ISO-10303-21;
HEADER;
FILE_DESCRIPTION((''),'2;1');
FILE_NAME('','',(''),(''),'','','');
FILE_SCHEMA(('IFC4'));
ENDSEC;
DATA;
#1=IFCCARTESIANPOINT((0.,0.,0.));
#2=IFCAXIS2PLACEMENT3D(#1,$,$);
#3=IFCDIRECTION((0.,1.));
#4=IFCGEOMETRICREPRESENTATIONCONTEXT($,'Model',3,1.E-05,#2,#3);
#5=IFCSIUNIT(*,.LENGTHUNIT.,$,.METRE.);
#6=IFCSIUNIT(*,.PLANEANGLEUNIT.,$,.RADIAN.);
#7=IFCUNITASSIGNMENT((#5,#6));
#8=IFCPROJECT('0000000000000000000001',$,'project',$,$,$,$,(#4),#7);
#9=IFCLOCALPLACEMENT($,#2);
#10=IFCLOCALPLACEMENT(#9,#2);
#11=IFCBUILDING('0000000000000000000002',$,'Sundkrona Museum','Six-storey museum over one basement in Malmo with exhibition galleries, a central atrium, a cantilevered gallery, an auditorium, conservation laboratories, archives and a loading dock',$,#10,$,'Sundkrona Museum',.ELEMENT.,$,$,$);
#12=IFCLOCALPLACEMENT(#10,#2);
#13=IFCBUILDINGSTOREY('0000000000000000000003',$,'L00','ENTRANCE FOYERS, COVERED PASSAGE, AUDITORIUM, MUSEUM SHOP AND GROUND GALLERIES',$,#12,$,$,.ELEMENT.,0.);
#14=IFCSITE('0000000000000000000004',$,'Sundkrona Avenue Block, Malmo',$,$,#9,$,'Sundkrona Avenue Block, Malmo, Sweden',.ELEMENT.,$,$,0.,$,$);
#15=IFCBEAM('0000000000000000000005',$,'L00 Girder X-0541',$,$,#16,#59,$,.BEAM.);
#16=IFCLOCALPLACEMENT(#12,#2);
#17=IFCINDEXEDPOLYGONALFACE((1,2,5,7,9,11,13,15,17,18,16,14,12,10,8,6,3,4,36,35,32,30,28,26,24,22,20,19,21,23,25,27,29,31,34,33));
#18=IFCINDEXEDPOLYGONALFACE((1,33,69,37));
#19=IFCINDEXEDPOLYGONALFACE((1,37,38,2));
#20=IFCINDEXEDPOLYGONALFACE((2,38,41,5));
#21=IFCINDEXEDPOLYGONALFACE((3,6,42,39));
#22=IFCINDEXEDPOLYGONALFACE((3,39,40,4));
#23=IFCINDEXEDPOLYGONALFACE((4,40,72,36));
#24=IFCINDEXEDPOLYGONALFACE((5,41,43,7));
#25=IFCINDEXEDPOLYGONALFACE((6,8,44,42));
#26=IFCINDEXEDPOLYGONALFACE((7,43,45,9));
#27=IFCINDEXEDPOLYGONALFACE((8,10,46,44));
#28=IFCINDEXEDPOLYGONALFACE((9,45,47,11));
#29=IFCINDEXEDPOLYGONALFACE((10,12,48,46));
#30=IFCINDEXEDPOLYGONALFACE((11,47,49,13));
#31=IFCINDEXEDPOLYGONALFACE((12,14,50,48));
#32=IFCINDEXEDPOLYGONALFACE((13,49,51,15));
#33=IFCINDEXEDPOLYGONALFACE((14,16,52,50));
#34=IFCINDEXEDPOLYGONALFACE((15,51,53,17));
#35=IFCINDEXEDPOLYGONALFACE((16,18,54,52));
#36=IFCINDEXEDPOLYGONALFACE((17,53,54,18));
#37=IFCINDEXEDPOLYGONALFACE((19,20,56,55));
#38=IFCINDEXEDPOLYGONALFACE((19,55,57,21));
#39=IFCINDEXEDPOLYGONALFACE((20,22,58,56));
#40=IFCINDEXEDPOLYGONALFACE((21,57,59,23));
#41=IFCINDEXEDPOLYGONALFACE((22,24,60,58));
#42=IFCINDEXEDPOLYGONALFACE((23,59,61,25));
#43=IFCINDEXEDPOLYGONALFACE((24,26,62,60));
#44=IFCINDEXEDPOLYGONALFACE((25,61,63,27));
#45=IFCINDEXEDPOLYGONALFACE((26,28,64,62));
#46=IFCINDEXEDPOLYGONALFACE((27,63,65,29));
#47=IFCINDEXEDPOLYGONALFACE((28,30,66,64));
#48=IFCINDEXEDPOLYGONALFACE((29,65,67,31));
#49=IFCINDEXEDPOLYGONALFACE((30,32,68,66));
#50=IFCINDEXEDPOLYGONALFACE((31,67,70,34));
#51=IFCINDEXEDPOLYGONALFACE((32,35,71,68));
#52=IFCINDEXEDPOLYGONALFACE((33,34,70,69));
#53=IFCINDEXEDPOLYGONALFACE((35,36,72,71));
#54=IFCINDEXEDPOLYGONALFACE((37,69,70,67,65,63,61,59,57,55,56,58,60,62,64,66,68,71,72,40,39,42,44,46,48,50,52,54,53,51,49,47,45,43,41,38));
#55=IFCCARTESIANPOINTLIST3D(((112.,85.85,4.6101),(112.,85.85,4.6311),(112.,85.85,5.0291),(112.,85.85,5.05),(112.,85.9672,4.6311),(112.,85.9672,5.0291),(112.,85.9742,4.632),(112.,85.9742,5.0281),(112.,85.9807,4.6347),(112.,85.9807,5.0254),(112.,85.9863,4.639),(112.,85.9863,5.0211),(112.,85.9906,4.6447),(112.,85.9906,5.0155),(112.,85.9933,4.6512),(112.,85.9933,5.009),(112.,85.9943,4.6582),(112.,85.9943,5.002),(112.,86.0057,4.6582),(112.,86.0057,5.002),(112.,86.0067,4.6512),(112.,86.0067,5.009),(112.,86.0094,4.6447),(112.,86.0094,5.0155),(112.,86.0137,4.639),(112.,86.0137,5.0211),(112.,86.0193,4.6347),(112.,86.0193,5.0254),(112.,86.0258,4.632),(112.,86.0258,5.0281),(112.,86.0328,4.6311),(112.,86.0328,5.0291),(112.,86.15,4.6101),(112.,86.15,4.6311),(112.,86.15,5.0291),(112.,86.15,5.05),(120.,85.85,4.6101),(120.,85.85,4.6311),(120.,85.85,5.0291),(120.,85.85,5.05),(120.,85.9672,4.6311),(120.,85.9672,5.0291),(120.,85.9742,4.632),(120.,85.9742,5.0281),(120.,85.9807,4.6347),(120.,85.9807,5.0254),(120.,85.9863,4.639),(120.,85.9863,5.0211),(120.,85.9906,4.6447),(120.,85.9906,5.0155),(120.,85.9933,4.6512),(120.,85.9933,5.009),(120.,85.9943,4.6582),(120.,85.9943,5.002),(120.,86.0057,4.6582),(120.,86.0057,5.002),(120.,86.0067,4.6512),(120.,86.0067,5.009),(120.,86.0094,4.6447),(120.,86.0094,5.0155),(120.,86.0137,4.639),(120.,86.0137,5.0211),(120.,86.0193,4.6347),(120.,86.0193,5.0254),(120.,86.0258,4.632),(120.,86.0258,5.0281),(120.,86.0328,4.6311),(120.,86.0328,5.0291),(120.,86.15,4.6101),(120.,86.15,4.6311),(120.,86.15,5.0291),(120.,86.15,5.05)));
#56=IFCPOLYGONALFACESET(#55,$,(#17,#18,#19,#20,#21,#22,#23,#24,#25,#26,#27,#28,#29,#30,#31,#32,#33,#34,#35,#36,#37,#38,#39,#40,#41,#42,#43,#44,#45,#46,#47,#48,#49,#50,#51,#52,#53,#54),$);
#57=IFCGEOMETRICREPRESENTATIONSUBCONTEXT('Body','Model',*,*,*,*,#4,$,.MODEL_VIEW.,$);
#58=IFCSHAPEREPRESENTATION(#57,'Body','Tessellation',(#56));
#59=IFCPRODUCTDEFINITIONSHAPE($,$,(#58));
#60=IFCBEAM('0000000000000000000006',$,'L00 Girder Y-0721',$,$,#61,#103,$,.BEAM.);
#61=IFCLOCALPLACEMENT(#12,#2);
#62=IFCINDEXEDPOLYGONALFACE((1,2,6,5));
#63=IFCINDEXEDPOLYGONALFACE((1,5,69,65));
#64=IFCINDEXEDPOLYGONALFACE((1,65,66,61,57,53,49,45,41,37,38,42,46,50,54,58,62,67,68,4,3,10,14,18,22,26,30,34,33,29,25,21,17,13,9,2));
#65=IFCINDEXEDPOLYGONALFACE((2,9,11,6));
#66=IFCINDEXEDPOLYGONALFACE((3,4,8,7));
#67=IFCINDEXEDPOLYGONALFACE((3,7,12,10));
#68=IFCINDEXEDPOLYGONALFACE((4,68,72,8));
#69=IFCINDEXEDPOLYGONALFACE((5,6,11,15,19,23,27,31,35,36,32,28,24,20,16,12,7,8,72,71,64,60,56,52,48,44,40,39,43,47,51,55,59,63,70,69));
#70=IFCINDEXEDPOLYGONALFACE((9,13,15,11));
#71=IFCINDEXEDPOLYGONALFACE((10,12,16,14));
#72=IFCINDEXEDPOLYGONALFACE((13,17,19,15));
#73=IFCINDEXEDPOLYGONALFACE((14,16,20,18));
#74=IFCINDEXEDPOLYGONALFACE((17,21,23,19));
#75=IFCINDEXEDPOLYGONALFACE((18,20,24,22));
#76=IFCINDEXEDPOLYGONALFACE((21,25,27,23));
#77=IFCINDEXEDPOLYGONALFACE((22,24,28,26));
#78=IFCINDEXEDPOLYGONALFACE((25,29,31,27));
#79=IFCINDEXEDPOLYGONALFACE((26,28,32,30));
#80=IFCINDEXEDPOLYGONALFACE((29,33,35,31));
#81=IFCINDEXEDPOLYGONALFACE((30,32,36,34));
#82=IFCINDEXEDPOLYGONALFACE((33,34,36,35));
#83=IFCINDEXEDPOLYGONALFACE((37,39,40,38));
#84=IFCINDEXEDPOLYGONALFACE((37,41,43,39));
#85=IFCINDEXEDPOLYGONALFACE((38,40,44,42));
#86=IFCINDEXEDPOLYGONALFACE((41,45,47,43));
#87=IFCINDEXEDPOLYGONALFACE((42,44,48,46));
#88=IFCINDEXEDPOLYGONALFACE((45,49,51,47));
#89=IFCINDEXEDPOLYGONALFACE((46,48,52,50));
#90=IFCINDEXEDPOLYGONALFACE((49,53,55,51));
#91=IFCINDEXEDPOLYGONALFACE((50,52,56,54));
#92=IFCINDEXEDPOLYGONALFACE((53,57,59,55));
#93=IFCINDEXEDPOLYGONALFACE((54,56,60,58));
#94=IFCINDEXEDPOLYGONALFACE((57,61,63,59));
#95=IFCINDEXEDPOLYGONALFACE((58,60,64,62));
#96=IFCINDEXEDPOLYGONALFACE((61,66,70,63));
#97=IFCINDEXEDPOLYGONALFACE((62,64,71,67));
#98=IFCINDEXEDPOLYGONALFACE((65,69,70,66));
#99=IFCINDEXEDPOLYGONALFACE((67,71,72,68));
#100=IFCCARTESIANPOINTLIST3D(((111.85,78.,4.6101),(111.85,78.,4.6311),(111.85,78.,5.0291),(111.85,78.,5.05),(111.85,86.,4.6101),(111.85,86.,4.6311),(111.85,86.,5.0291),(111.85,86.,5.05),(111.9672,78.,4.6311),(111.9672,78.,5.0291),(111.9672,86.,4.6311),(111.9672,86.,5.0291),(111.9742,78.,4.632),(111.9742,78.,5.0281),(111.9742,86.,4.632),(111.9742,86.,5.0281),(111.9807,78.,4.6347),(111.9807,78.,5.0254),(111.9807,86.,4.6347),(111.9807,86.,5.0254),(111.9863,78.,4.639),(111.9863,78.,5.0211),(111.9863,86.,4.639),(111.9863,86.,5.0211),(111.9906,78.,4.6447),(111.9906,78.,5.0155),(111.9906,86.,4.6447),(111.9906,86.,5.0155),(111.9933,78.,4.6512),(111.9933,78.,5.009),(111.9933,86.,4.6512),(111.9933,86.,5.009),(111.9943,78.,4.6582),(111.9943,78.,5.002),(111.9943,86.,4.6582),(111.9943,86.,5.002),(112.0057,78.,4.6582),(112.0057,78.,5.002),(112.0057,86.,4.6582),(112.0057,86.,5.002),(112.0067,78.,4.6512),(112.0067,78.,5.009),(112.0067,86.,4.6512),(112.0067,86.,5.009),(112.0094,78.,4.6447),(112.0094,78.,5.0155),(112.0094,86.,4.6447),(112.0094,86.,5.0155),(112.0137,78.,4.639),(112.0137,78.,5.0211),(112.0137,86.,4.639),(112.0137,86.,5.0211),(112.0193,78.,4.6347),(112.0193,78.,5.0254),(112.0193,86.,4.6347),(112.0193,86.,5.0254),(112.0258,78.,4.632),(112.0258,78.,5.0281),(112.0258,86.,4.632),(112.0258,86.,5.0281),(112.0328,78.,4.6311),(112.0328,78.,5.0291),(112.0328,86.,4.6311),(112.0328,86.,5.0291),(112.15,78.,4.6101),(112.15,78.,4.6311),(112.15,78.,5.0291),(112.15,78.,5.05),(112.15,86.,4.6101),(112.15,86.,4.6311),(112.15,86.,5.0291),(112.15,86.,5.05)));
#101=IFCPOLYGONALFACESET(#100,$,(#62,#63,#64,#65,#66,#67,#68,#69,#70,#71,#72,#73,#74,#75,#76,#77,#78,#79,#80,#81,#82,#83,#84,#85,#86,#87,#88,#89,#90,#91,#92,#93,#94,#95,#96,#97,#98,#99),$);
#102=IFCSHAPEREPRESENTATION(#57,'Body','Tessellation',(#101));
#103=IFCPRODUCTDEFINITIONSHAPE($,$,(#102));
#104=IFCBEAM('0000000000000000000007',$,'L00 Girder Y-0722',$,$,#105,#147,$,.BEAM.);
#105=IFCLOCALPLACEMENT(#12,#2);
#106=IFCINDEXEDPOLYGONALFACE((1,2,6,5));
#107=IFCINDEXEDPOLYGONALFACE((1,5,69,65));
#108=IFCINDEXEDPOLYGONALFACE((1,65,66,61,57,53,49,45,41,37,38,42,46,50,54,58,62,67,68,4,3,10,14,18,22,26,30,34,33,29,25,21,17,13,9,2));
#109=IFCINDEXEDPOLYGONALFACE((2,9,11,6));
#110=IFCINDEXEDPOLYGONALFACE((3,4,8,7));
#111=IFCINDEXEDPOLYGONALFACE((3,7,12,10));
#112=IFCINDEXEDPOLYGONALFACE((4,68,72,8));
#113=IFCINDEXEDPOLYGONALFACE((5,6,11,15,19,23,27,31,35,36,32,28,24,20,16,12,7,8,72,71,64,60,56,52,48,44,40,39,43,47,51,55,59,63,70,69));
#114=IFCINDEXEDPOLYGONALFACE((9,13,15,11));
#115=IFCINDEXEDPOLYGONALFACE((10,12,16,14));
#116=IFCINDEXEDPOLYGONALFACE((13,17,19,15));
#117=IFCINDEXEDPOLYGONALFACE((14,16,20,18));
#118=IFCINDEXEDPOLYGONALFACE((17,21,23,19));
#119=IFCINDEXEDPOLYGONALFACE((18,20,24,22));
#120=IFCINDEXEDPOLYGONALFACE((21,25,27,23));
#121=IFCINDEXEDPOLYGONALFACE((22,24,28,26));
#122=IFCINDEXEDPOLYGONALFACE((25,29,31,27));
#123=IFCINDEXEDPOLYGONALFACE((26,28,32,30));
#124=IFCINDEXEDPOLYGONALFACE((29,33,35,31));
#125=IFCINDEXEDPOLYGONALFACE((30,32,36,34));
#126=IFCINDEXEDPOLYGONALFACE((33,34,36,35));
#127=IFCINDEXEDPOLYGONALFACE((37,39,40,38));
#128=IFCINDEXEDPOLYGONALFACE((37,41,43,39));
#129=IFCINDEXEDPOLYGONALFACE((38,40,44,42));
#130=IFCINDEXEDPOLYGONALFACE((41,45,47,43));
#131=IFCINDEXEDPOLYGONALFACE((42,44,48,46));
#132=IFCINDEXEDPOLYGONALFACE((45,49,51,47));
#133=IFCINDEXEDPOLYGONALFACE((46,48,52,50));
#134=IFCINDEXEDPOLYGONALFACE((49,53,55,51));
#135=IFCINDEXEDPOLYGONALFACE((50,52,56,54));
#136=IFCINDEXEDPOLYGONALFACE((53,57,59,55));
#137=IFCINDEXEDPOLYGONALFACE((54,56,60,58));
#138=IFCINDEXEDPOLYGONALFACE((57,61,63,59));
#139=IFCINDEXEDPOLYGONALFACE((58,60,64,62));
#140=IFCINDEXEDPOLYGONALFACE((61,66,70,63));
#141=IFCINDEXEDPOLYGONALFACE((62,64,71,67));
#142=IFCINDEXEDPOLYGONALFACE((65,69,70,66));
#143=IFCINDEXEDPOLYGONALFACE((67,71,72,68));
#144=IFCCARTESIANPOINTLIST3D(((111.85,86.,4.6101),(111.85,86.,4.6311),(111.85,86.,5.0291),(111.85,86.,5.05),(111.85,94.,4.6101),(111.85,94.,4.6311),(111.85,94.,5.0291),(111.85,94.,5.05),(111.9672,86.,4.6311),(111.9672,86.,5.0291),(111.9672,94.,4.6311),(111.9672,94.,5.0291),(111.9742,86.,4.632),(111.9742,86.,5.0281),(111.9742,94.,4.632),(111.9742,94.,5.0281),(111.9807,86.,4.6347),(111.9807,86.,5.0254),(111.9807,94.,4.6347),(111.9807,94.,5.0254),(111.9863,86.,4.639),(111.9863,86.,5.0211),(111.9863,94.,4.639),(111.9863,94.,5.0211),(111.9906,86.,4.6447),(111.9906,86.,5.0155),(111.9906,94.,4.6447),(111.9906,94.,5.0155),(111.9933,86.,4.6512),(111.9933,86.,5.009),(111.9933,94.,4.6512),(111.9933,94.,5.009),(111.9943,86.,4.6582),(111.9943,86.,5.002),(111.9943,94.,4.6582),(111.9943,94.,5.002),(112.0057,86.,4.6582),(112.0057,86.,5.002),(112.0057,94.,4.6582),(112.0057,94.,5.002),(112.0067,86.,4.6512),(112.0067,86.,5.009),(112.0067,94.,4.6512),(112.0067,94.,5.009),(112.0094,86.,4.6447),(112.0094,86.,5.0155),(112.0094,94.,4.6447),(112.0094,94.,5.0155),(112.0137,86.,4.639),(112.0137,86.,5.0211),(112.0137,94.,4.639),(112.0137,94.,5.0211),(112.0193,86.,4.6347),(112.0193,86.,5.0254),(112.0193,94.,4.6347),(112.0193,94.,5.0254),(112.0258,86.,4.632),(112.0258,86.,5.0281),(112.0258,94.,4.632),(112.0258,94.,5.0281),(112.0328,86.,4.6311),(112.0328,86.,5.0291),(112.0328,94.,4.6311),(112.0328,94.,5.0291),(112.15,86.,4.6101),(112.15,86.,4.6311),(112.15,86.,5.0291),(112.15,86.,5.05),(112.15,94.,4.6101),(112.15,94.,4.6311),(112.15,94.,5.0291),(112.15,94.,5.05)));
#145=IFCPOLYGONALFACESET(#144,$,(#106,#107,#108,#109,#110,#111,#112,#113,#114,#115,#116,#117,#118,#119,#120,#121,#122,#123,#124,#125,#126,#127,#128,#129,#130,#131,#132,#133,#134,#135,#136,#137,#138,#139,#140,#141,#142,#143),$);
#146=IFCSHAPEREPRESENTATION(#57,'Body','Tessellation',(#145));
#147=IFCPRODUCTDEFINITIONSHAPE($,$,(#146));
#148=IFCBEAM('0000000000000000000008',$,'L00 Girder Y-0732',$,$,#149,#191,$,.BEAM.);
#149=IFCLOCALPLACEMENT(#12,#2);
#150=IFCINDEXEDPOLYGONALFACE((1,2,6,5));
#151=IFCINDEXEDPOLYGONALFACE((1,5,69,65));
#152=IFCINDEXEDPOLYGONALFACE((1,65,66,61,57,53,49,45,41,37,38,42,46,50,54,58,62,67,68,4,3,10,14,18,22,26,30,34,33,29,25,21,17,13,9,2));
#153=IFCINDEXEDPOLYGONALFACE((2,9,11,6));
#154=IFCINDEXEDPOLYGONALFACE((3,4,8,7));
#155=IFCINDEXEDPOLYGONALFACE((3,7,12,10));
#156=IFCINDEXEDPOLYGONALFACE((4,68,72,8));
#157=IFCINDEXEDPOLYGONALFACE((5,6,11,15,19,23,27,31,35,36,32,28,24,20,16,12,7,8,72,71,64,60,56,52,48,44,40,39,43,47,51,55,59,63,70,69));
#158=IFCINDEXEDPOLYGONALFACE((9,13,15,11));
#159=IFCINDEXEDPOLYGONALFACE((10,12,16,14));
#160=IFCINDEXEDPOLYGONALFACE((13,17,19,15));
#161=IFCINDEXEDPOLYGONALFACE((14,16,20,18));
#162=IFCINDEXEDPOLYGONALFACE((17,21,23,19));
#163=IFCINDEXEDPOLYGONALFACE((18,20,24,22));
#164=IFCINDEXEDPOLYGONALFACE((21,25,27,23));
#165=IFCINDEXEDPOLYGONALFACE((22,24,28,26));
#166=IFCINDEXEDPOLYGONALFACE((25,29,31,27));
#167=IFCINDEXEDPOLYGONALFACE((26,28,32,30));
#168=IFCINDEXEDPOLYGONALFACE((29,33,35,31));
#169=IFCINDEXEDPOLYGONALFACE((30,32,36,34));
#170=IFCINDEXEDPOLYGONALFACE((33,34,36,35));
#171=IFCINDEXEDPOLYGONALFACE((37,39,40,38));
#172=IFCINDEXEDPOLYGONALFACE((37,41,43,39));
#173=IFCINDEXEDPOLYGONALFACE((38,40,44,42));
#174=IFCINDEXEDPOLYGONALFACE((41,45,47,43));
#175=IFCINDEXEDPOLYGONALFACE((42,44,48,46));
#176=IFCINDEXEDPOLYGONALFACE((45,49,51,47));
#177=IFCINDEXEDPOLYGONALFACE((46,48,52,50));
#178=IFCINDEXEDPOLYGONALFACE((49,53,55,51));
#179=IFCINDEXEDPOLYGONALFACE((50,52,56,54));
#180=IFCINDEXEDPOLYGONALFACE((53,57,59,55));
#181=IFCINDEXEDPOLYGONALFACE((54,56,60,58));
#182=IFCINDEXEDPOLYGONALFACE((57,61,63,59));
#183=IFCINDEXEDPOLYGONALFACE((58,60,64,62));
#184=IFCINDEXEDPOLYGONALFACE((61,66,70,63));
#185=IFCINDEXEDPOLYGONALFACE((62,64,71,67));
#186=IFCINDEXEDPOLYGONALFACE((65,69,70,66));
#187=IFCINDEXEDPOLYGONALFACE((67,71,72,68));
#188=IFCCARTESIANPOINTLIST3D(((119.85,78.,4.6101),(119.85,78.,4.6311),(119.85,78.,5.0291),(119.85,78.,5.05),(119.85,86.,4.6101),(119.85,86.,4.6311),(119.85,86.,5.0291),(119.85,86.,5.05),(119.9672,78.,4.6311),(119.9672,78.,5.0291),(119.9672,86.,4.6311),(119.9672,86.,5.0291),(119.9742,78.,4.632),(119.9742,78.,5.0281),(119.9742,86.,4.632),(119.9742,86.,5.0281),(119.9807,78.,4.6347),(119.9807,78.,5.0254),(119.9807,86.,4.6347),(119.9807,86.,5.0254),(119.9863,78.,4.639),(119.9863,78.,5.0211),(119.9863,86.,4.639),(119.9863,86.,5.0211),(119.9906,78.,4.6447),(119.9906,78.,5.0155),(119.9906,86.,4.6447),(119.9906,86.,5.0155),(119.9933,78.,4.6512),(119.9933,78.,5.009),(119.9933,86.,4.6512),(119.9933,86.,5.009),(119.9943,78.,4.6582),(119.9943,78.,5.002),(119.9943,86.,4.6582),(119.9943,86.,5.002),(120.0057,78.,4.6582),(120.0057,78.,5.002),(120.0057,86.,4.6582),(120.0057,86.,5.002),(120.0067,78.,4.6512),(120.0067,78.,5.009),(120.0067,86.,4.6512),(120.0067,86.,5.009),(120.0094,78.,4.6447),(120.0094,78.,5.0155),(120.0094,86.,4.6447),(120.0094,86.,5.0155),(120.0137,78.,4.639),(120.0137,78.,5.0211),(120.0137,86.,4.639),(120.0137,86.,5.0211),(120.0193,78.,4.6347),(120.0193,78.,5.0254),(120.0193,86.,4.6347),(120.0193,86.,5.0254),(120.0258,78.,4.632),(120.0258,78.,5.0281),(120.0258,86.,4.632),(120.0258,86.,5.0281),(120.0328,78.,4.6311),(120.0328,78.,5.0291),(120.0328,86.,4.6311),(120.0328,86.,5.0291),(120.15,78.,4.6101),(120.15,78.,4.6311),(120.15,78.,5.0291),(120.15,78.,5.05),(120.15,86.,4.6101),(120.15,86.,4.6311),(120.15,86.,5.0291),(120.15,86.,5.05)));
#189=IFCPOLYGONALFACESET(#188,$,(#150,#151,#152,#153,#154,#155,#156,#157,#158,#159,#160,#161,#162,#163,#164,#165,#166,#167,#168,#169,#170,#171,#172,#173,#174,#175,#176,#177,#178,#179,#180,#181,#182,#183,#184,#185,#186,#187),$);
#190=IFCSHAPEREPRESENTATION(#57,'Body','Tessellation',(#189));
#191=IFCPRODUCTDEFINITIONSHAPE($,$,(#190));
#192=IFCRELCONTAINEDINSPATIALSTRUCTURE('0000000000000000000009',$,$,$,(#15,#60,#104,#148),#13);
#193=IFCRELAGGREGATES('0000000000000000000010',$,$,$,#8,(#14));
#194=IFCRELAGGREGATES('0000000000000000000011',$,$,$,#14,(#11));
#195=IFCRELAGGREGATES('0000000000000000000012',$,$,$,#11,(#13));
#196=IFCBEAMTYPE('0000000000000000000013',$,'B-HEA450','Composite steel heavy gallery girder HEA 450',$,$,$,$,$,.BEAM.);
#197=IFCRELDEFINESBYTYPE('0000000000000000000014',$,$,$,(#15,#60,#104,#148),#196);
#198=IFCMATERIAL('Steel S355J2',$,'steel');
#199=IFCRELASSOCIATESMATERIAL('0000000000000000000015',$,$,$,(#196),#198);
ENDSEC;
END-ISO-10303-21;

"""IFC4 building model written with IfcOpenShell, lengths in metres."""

from ifc_helpers import new_model, si_unit, direction, frame, origin, origin_2d, place, context, subcontext, project, spatial, i_section, extrude, material, material_profile, profile_set, type_object, element, save


model = new_model("IFC4")

# Units and contexts
model_context = context("Model", 3, precision=1e-05, world=origin(), true_north=direction((0.0, 1.0)))
body_context = subcontext(model_context, "Body", "Model", "MODEL_VIEW")
ifc_project = project(units=[si_unit("LENGTHUNIT", "METRE"), si_unit("PLANEANGLEUNIT", "RADIAN")], contexts=[model_context])

# Site, building, storey
site_placement = place(None, origin())
site = spatial("IfcSite", under=ifc_project, at=site_placement, Name="Sundkrona Avenue Block, Malmo", LongName="Sundkrona Avenue Block, Malmo, Sweden", CompositionType="ELEMENT", RefElevation=0.0)
building_placement = place(site_placement, origin())
building = spatial("IfcBuilding", under=site, at=building_placement, Name="Sundkrona Museum", Description="Six-storey museum over one basement in Malmo with exhibition galleries, a central atrium, a cantilevered gallery, an auditorium, conservation laboratories, archives and a loading dock", LongName="Sundkrona Museum", CompositionType="ELEMENT")
storey_placement = place(building_placement, origin())
storey = spatial("IfcBuildingStorey", under=building, at=storey_placement, Name="L00", Description="ENTRANCE FOYERS, COVERED PASSAGE, AUDITORIUM, MUSEUM SHOP AND GROUND GALLERIES", CompositionType="ELEMENT", Elevation=0.0)

# Shared definitions
ifc_material_1 = material(Name="Steel S355J2", Category="steel")

# Beams
ifc_material_profile_1 = material_profile(ifc_material_1, i_section(OverallWidth=0.3, OverallDepth=0.4399, WebThickness=0.0115, FlangeThickness=0.021, FilletRadius=0.0271, at=origin_2d()), Name="HEA 450")
ifc_profile_set_1 = profile_set([ifc_material_profile_1], Name="Steel S355J2")
beam_type_1 = type_object("IfcBeamType", Name="B-HEA450", Description="Composite steel heavy gallery girder HEA 450", PredefinedType="BEAM", material=ifc_profile_set_1)
for number, where, z_axis, x_axis, name in (
    (1, (112.0, 86.0, 4.8301), (1.0, 0.0, 0.0), (0.0, 1.0, 0.0), "L00 Girder X-0541"),
    (2, (112.0, 78.0, 4.8301), (0.0, 1.0, 0.0), (-1.0, 0.0, 0.0), "L00 Girder Y-0721"),
    (3, (112.0, 86.0, 4.8301), (0.0, 1.0, 0.0), (-1.0, 0.0, 0.0), "L00 Girder Y-0722"),
    (4, (120.0, 78.0, 4.8301), (0.0, 1.0, 0.0), (-1.0, 0.0, 0.0), "L00 Girder Y-0732"),
):
    element("IfcBeam", number, at=place(storey_placement, frame(where, z_axis=z_axis, x_axis=x_axis)), inside=storey, type_object=beam_type_1, Name=name, PredefinedType="BEAM", context=body_context, shape_type="SweptSolid", body=[
        extrude(i_section(OverallWidth=0.3, OverallDepth=0.4399, WebThickness=0.0115, FlangeThickness=0.021, FilletRadius=0.0271, at=origin_2d()), origin(), (0.0, 0.0, 1.0), 8.0),
    ])

save(model, "model.ifc")
